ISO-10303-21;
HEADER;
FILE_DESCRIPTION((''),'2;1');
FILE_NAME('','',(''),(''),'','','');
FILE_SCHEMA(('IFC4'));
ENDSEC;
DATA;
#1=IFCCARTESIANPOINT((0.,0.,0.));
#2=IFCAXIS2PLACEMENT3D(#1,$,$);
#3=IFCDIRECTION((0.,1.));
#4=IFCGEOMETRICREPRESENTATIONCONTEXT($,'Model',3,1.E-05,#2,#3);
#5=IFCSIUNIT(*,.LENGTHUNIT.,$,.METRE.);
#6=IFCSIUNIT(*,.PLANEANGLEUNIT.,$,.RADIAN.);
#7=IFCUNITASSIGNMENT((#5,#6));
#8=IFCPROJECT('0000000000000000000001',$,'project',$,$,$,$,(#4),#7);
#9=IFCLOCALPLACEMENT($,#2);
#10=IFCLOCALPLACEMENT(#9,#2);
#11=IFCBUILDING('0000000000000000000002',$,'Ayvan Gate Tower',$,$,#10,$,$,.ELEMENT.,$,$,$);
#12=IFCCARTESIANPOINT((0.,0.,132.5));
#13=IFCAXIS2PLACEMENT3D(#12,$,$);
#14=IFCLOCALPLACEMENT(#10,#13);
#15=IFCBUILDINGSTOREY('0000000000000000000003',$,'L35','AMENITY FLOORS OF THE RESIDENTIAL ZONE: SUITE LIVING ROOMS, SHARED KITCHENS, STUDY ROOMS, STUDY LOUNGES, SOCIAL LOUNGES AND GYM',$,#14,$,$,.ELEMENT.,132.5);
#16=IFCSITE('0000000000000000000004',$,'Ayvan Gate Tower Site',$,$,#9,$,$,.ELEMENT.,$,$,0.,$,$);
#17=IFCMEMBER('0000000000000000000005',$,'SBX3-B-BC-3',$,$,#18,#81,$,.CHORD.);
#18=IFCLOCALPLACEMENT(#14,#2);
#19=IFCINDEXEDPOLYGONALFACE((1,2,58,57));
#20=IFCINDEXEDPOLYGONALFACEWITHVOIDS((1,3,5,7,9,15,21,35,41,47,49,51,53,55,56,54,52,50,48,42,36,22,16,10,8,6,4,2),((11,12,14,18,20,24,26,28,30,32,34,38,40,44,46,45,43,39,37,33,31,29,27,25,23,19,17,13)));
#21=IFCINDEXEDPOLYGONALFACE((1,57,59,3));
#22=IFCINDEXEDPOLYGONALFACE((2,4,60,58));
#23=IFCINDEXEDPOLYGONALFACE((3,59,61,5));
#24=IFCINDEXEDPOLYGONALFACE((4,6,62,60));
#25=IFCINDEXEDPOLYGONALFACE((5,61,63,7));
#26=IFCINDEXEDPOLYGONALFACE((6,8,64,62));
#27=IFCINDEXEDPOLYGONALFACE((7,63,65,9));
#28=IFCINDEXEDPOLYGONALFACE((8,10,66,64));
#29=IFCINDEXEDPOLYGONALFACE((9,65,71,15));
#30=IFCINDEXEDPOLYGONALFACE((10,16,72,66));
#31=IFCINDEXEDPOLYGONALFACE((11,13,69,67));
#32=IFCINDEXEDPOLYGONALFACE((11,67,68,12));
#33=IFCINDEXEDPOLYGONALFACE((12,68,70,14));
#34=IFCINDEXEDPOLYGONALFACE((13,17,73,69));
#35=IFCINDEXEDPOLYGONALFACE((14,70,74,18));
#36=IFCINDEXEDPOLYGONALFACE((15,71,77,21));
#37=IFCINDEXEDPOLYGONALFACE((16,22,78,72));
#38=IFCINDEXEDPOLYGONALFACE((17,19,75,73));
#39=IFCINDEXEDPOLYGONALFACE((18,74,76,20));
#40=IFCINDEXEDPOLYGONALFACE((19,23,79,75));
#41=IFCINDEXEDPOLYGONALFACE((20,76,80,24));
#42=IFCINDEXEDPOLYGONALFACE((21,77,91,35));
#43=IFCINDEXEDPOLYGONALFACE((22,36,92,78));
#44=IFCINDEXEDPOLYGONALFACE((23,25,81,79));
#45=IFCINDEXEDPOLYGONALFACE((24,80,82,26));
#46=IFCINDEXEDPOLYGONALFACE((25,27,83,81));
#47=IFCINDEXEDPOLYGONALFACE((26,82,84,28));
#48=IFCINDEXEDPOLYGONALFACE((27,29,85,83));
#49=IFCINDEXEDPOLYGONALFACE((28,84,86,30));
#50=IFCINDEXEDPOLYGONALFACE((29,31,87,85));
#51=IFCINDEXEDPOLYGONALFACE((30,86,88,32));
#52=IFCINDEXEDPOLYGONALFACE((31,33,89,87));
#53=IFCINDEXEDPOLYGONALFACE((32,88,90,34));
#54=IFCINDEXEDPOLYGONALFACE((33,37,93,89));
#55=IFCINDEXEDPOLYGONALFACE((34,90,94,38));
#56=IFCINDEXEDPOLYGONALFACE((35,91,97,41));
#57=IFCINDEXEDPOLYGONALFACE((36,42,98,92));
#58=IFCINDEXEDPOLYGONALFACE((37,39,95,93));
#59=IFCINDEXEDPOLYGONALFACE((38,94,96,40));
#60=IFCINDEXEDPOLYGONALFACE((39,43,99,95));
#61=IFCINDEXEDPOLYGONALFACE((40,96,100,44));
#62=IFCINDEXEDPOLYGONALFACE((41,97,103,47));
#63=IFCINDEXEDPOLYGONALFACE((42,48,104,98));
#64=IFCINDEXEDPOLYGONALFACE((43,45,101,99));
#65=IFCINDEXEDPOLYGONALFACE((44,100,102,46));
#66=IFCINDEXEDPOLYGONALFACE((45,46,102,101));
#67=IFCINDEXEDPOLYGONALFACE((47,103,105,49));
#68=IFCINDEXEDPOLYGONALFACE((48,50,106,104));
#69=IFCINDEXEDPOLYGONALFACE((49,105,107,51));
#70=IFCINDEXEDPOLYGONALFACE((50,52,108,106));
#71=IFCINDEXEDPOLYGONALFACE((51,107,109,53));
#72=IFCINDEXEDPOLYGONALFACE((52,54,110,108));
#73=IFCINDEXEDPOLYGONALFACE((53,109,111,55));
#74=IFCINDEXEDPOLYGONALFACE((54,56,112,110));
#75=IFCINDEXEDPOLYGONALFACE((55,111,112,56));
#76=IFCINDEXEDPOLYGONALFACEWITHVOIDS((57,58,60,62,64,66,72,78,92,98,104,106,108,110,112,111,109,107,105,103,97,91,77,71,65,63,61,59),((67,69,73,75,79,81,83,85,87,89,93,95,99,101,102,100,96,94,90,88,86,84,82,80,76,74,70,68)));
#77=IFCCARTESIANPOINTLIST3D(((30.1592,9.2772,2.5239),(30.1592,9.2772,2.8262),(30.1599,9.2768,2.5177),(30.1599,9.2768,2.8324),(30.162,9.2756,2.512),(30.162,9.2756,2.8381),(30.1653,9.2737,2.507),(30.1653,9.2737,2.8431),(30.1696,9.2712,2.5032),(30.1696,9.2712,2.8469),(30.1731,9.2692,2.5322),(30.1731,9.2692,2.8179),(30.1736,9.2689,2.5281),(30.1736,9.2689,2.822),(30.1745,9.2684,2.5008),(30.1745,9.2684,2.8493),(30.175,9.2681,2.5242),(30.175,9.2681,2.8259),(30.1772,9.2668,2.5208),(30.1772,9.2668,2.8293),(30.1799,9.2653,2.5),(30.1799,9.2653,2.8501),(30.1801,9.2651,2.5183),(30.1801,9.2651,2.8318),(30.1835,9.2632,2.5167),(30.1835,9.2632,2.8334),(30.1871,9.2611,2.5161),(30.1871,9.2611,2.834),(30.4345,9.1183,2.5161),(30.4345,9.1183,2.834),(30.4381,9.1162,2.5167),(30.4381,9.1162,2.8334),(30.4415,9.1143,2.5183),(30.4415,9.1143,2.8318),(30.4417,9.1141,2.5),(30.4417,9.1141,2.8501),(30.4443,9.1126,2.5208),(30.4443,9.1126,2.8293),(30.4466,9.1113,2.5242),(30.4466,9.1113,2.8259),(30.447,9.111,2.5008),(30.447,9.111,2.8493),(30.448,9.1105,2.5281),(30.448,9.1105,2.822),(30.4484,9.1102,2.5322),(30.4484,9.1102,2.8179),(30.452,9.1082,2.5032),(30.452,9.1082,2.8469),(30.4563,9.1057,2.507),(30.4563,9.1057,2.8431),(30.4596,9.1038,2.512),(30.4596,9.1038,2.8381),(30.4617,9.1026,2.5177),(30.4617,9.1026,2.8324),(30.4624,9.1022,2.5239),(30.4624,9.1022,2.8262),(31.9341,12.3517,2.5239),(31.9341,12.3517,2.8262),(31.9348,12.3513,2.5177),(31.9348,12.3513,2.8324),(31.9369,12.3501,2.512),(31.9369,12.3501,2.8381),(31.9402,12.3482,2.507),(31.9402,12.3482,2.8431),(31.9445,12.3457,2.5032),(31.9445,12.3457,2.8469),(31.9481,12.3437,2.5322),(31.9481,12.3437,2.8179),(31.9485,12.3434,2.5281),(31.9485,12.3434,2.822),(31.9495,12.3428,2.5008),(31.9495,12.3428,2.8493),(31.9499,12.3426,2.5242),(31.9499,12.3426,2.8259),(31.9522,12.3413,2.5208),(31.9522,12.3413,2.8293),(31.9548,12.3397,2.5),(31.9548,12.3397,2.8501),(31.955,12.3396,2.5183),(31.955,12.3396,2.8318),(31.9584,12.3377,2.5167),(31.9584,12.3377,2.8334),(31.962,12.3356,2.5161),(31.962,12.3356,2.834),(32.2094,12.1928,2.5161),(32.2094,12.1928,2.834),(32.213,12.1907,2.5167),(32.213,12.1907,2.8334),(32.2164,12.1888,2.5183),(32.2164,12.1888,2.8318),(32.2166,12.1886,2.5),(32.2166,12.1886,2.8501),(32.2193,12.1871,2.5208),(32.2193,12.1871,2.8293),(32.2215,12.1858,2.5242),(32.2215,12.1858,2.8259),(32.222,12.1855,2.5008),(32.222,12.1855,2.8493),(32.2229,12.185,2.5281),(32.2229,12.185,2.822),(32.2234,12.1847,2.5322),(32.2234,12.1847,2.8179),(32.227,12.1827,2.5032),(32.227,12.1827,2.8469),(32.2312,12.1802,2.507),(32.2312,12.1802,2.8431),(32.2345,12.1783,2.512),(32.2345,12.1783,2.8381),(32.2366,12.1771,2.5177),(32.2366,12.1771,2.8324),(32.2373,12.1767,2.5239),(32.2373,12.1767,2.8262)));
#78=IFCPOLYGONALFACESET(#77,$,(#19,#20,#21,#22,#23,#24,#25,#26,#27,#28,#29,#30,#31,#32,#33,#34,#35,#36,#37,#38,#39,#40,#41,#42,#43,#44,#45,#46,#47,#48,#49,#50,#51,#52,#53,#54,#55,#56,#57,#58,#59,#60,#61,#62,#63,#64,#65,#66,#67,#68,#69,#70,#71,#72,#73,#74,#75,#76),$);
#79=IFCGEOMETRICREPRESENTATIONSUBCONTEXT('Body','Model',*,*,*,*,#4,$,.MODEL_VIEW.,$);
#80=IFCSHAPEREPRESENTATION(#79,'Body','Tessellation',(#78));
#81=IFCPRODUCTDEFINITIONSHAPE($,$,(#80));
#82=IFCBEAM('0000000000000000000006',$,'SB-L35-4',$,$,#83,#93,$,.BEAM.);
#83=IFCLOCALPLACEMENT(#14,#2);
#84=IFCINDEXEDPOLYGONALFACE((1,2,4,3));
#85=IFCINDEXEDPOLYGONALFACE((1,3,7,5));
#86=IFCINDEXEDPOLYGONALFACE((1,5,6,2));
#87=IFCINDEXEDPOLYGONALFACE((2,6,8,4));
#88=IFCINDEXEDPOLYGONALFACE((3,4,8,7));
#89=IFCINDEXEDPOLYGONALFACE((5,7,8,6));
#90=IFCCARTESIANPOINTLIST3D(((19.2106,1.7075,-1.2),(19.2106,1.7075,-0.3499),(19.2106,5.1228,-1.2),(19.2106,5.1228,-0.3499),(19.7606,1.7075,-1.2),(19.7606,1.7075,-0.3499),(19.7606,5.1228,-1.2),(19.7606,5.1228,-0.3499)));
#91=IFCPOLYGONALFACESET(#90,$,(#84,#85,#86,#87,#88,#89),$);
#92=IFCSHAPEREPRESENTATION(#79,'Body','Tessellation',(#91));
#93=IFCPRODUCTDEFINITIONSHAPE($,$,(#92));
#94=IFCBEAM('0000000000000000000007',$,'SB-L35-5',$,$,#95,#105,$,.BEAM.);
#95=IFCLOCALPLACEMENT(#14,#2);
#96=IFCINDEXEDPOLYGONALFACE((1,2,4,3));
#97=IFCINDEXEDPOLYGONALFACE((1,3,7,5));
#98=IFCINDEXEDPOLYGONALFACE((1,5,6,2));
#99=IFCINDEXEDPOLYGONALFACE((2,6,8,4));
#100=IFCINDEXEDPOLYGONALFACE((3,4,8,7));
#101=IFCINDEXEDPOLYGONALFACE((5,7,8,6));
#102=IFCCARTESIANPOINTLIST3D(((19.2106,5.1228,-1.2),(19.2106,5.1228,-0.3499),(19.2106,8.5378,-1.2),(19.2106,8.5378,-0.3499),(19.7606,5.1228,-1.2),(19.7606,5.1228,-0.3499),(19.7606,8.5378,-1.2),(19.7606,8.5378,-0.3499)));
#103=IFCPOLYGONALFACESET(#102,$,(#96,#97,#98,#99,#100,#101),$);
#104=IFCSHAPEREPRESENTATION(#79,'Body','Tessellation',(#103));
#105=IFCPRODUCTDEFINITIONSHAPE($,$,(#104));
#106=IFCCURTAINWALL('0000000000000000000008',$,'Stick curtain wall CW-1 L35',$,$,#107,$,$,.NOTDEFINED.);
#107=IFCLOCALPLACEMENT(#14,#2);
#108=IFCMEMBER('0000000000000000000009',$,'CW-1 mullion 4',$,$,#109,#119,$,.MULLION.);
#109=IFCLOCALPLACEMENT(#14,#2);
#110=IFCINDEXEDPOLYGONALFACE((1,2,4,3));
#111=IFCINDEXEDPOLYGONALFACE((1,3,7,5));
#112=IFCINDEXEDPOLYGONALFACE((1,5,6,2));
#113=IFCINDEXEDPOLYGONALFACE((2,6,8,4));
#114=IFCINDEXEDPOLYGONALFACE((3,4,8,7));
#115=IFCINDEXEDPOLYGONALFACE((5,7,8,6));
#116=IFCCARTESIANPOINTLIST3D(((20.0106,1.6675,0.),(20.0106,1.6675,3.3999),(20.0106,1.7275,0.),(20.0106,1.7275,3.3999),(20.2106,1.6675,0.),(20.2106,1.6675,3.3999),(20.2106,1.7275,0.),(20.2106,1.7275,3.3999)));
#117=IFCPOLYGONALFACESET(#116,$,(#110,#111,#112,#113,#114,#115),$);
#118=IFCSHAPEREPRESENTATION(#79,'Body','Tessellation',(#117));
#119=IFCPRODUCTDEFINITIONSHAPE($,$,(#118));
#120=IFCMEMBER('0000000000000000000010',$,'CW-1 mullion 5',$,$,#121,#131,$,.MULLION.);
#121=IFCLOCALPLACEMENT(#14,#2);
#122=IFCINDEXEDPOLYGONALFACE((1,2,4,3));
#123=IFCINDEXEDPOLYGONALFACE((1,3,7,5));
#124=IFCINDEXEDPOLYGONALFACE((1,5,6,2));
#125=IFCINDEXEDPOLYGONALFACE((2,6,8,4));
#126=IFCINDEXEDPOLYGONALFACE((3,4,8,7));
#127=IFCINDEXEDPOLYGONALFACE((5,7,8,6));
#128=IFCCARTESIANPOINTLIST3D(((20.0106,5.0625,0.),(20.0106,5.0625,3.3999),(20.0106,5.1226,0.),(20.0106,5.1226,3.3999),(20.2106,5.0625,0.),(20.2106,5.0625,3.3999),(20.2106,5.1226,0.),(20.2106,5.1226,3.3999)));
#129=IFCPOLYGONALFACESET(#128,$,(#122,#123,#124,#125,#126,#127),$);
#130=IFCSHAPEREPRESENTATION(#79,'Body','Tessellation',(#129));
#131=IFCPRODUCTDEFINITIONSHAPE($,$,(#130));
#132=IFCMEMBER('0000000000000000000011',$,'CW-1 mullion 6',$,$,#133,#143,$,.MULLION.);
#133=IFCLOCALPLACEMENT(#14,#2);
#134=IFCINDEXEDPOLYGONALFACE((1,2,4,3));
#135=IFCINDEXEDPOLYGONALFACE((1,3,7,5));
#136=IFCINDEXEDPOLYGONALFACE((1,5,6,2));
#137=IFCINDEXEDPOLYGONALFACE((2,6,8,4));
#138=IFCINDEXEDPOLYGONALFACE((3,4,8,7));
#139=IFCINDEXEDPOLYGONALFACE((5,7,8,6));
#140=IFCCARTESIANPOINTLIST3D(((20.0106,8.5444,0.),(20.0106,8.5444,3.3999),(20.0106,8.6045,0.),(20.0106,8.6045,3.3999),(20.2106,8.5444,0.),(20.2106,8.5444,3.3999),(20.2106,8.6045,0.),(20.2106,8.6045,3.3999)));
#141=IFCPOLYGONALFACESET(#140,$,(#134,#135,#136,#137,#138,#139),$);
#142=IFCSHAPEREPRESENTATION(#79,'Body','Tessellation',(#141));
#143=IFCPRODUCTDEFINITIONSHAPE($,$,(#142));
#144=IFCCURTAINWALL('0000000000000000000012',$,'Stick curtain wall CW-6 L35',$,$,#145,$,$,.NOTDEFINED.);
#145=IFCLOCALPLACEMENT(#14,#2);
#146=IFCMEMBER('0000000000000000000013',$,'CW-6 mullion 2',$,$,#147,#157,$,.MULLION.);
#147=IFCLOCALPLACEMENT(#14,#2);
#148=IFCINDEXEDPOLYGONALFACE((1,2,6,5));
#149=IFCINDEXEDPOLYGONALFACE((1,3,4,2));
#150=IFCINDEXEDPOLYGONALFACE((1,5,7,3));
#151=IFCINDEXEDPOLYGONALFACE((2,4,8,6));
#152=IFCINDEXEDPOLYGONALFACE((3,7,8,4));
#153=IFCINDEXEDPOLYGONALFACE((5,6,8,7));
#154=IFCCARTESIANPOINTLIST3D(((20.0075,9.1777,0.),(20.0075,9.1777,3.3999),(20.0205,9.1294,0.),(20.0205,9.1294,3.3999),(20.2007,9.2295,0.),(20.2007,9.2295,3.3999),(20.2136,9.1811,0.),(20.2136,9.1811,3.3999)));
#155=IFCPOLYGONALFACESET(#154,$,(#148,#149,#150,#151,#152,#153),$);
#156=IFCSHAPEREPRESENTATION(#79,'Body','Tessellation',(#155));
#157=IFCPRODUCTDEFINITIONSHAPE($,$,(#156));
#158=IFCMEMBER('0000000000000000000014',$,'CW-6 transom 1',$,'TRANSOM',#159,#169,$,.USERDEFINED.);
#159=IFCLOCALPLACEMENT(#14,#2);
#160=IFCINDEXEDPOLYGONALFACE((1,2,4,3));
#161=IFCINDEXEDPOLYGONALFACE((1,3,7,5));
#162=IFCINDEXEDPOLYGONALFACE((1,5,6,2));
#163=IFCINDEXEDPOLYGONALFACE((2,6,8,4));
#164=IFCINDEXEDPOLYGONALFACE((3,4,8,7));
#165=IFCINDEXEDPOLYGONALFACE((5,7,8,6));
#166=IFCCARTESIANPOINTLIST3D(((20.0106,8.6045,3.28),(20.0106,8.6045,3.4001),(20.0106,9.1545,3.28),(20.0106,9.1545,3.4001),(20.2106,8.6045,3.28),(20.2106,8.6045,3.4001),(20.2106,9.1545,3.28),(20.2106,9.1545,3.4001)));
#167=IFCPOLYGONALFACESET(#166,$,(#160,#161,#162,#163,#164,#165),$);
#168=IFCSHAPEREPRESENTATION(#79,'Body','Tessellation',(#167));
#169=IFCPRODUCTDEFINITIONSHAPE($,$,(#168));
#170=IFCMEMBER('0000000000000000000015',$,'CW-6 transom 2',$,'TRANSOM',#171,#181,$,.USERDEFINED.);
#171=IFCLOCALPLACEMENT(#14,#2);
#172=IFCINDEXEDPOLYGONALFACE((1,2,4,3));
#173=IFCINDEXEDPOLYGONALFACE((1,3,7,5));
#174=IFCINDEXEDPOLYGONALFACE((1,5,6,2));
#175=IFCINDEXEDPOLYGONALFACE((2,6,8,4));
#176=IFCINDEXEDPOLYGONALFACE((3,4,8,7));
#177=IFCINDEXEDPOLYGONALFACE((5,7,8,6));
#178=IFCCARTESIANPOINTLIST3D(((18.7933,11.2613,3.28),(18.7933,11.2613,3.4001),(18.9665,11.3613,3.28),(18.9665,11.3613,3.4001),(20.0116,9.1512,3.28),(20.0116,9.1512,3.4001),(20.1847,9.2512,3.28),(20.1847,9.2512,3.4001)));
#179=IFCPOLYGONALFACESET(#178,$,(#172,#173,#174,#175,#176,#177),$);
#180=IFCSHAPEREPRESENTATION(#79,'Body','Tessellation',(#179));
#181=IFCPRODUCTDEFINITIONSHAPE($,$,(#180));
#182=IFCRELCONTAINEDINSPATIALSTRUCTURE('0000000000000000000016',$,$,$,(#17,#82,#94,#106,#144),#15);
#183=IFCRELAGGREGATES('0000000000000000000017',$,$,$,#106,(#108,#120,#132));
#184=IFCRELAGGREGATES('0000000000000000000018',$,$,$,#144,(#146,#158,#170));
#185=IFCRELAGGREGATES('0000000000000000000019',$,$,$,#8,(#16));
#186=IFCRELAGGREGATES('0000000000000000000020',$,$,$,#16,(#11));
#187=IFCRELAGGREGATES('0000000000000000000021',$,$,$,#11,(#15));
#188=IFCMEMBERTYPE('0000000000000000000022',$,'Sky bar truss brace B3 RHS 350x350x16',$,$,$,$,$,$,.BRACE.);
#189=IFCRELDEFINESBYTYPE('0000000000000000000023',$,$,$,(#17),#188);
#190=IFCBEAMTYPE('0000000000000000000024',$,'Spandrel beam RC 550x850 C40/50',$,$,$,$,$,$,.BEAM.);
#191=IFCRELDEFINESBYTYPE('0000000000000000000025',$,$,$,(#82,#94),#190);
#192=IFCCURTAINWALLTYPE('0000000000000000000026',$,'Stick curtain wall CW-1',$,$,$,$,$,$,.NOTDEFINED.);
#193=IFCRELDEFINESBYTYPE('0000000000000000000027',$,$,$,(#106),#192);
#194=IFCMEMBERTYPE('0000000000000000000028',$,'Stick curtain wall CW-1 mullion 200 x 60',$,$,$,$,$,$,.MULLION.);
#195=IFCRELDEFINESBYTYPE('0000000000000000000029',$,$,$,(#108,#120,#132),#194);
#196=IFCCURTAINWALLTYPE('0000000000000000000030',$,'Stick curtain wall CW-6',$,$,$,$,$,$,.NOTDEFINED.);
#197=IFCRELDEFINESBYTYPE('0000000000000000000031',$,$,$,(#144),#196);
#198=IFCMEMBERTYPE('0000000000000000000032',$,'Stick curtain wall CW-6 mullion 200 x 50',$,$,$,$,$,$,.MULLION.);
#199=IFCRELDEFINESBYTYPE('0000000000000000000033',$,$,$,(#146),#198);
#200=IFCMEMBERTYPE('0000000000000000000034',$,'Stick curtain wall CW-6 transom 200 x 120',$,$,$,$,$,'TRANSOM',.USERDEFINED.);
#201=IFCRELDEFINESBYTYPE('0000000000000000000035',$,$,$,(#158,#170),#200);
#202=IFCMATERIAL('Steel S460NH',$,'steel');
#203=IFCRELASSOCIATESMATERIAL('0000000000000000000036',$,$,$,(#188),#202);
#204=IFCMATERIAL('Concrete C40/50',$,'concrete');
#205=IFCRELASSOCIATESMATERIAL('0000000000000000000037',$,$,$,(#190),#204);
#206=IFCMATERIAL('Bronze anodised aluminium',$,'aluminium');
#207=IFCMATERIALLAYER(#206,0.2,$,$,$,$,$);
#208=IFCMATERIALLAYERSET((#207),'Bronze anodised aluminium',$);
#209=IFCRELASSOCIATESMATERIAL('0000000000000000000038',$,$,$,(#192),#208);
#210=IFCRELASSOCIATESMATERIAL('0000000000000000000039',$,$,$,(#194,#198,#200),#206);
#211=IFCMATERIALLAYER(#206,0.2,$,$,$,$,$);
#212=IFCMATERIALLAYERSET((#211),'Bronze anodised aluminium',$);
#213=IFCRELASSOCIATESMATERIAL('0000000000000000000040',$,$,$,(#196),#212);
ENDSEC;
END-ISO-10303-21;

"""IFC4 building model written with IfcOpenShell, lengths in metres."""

from ifc_helpers import new_model, si_unit, direction, frame, origin, origin_2d, place, context, subcontext, project, spatial, rectangle, hollow_rectangle, extrude, material, layer, layer_set, material_profile, profile_set, type_object, element, aggregate, save


model = new_model("IFC4")

# Units and contexts
model_context = context("Model", 3, precision=1e-05, world=origin(), true_north=direction((0.0, 1.0)))
body_context = subcontext(model_context, "Body", "Model", "MODEL_VIEW")
ifc_project = project(units=[si_unit("LENGTHUNIT", "METRE"), si_unit("PLANEANGLEUNIT", "RADIAN")], contexts=[model_context])

# Site, building, storey
site_placement = place(None, origin())
site = spatial("IfcSite", under=ifc_project, at=site_placement, Name="Ayvan Gate Tower Site", CompositionType="ELEMENT", RefElevation=0.0)
building_placement = place(site_placement, origin())
building = spatial("IfcBuilding", under=site, at=building_placement, Name="Ayvan Gate Tower", CompositionType="ELEMENT")
storey_placement = place(building_placement, frame((0.0, 0.0, 132.5)))
storey = spatial("IfcBuildingStorey", under=building, at=storey_placement, Name="L35", Description="AMENITY FLOORS OF THE RESIDENTIAL ZONE: SUITE LIVING ROOMS, SHARED KITCHENS, STUDY ROOMS, STUDY LOUNGES, SOCIAL LOUNGES AND GYM", CompositionType="ELEMENT", Elevation=132.5)

# Shared definitions
ifc_material_1 = material(Name="Concrete C40/50", Category="concrete")

# Member
ifc_material_2 = material(Name="Steel S460NH", Category="steel")
ifc_material_profile_1 = material_profile(ifc_material_2, hollow_rectangle(XDim=0.3501, YDim=0.3501, WallThickness=0.0161, InnerFilletRadius=0.0161, OuterFilletRadius=0.0239, at=origin_2d()), Name="RHS 350x350x16")
ifc_profile_set_1 = profile_set([ifc_material_profile_1], Name="Steel S460NH")
member_type_1 = type_object("IfcMemberType", Name="Sky bar truss brace B3 RHS 350x350x16", PredefinedType="BRACE", material=ifc_profile_set_1)
member_1_placement = place(storey_placement, frame((30.3108, 9.1897, 2.675), z_axis=(0.49997, 0.866042, 0.0), x_axis=(-0.866042, 0.49997, 0.0)))
element("IfcMember", 1, at=member_1_placement, inside=storey, type_object=member_type_1, Name="SBX3-B-BC-3", PredefinedType="CHORD", context=body_context, shape_type="SweptSolid", body=[
    extrude(hollow_rectangle(XDim=0.3501, YDim=0.3501, WallThickness=0.0161, InnerFilletRadius=0.0161, OuterFilletRadius=0.0239, at=origin_2d()), origin(), (0.0, 0.0, 1.0), 3.55),
])

# Beams
ifc_material_profile_2 = material_profile(ifc_material_1, rectangle(XDim=0.55, YDim=0.8501, at=origin_2d()), Name="RC 550x850")
ifc_profile_set_2 = profile_set([ifc_material_profile_2], Name="Concrete C40/50")
beam_type_1 = type_object("IfcBeamType", Name="Spandrel beam RC 550x850 C40/50", PredefinedType="BEAM", material=ifc_profile_set_2)
beam_1_placement = place(storey_placement, frame((19.4856, 1.7075, -0.7749), z_axis=(0.0, 1.0, 0.0), x_axis=(-1.0, 0.0, 0.0)))
element("IfcBeam", 2, at=beam_1_placement, inside=storey, type_object=beam_type_1, Name="SB-L35-4", PredefinedType="BEAM", context=body_context, shape_type="SweptSolid", body=[
    extrude(rectangle(XDim=0.55, YDim=0.8501, at=origin_2d()), origin(), (0.0, 0.0, 1.0), 3.4153),
])
beam_2_placement = place(storey_placement, frame((19.4856, 5.1228, -0.7749), z_axis=(0.0, 1.0, 0.0), x_axis=(-1.0, 0.0, 0.0)))
element("IfcBeam", 3, at=beam_2_placement, inside=storey, type_object=beam_type_1, Name="SB-L35-5", PredefinedType="BEAM", context=body_context, shape_type="SweptSolid", body=[
    extrude(rectangle(XDim=0.55, YDim=0.8501, at=origin_2d()), origin(), (0.0, 0.0, 1.0), 3.415),
])

# Curtain walls, members
ifc_material_3 = material(Name="Bronze anodised aluminium", Category="aluminium")
ifc_layer_1 = layer(ifc_material_3, 0.2)
ifc_layer_set_1 = layer_set([ifc_layer_1], Name="Bronze anodised aluminium")
curtain_wall_type_1 = type_object("IfcCurtainWallType", Name="Stick curtain wall CW-1", PredefinedType="NOTDEFINED", material=ifc_layer_set_1)
curtain_wall_1_placement = place(storey_placement, origin())
curtain_wall_1 = element("IfcCurtainWall", 4, at=curtain_wall_1_placement, inside=storey, type_object=curtain_wall_type_1, Name="Stick curtain wall CW-1 L35", PredefinedType="NOTDEFINED")
ifc_material_profile_3 = material_profile(ifc_material_3, rectangle(XDim=0.2, YDim=0.0601, at=origin_2d()), Name="Stick curtain wall CW-1 mullion 200 x 60")
ifc_profile_set_3 = profile_set([ifc_material_profile_3], Name="Bronze anodised aluminium")
member_type_2 = type_object("IfcMemberType", Name="Stick curtain wall CW-1 mullion 200 x 60", PredefinedType="MULLION", material=ifc_profile_set_3)
member_2_placement = place(storey_placement, frame((20.1106, 1.6975, 0.0), z_axis=(0.0, 0.0, 1.0), x_axis=(1.0, 0.0, 0.0)))
member_2 = element("IfcMember", 5, at=member_2_placement, type_object=member_type_2, Name="CW-1 mullion 4", PredefinedType="MULLION", context=body_context, shape_type="SweptSolid", body=[
    extrude(rectangle(XDim=0.2, YDim=0.0601, at=origin_2d()), origin(), (0.0, 0.0, 1.0), 3.3999),
])
member_3_placement = place(storey_placement, frame((20.1106, 5.0925, 0.0), z_axis=(0.0, 0.0, 1.0), x_axis=(1.0, 0.0, 0.0)))
member_3 = element("IfcMember", 6, at=member_3_placement, type_object=member_type_2, Name="CW-1 mullion 5", PredefinedType="MULLION", context=body_context, shape_type="SweptSolid", body=[
    extrude(rectangle(XDim=0.2, YDim=0.0601, at=origin_2d()), origin(), (0.0, 0.0, 1.0), 3.3999),
])
member_4_placement = place(storey_placement, frame((20.1106, 8.5745, 0.0), z_axis=(0.0, 0.0, 1.0), x_axis=(1.0, 0.0, 0.0)))
member_4 = element("IfcMember", 7, at=member_4_placement, type_object=member_type_2, Name="CW-1 mullion 6", PredefinedType="MULLION", context=body_context, shape_type="SweptSolid", body=[
    extrude(rectangle(XDim=0.2, YDim=0.0601, at=origin_2d()), origin(), (0.0, 0.0, 1.0), 3.3999),
])
ifc_layer_2 = layer(ifc_material_3, 0.2)
ifc_layer_set_2 = layer_set([ifc_layer_2], Name="Bronze anodised aluminium")
curtain_wall_type_2 = type_object("IfcCurtainWallType", Name="Stick curtain wall CW-6", PredefinedType="NOTDEFINED", material=ifc_layer_set_2)
curtain_wall_2_placement = place(storey_placement, origin())
curtain_wall_2 = element("IfcCurtainWall", 8, at=curtain_wall_2_placement, inside=storey, type_object=curtain_wall_type_2, Name="Stick curtain wall CW-6 L35", PredefinedType="NOTDEFINED")
ifc_material_profile_4 = material_profile(ifc_material_3, rectangle(XDim=0.2, YDim=0.05, at=origin_2d()), Name="Stick curtain wall CW-6 mullion 200 x 50")
ifc_profile_set_4 = profile_set([ifc_material_profile_4], Name="Bronze anodised aluminium")
member_type_3 = type_object("IfcMemberType", Name="Stick curtain wall CW-6 mullion 200 x 50", PredefinedType="MULLION", material=ifc_profile_set_4)
member_5_placement = place(storey_placement, frame((20.1106, 9.1794, 0.0), z_axis=(0.0, 0.0, 1.0), x_axis=(0.965926, 0.258819, 0.0)))
member_5 = element("IfcMember", 9, at=member_5_placement, type_object=member_type_3, Name="CW-6 mullion 2", PredefinedType="MULLION", context=body_context, shape_type="SweptSolid", body=[
    extrude(rectangle(XDim=0.2, YDim=0.05, at=origin_2d()), origin(), (0.0, 0.0, 1.0), 3.3999),
])
ifc_material_profile_5 = material_profile(ifc_material_3, rectangle(XDim=0.2, YDim=0.1201, at=origin_2d()), Name="Stick curtain wall CW-6 transom 200 x 120")
ifc_profile_set_5 = profile_set([ifc_material_profile_5], Name="Bronze anodised aluminium")
member_type_4 = type_object("IfcMemberType", Name="Stick curtain wall CW-6 transom 200 x 120", ElementType="TRANSOM", PredefinedType="USERDEFINED", material=ifc_profile_set_5)
member_6_placement = place(storey_placement, frame((20.1106, 8.6045, 3.3401), z_axis=(0.0, 1.0, 0.0), x_axis=(-1.0, 0.0, 0.0)))
member_6 = element("IfcMember", 10, at=member_6_placement, type_object=member_type_4, Name="CW-6 transom 1", ObjectType="TRANSOM", PredefinedType="USERDEFINED", context=body_context, shape_type="SweptSolid", body=[
    extrude(rectangle(XDim=0.2, YDim=0.1201, at=origin_2d()), origin(), (0.0, 0.0, 1.0), 0.55),
])
member_7_placement = place(storey_placement, frame((20.0981, 9.2012, 3.3401), z_axis=(-0.499997, 0.866027, 0.0), x_axis=(-0.866027, -0.499997, 0.0)))
member_7 = element("IfcMember", 11, at=member_7_placement, type_object=member_type_4, Name="CW-6 transom 2", ObjectType="TRANSOM", PredefinedType="USERDEFINED", context=body_context, shape_type="SweptSolid", body=[
    extrude(rectangle(XDim=0.2, YDim=0.1201, at=origin_2d()), origin(), (0.0, 0.0, 1.0), 2.4365),
])

aggregate(curtain_wall_1, [member_2, member_3, member_4])
aggregate(curtain_wall_2, [member_5, member_6, member_7])

save(model, "model.ifc")
